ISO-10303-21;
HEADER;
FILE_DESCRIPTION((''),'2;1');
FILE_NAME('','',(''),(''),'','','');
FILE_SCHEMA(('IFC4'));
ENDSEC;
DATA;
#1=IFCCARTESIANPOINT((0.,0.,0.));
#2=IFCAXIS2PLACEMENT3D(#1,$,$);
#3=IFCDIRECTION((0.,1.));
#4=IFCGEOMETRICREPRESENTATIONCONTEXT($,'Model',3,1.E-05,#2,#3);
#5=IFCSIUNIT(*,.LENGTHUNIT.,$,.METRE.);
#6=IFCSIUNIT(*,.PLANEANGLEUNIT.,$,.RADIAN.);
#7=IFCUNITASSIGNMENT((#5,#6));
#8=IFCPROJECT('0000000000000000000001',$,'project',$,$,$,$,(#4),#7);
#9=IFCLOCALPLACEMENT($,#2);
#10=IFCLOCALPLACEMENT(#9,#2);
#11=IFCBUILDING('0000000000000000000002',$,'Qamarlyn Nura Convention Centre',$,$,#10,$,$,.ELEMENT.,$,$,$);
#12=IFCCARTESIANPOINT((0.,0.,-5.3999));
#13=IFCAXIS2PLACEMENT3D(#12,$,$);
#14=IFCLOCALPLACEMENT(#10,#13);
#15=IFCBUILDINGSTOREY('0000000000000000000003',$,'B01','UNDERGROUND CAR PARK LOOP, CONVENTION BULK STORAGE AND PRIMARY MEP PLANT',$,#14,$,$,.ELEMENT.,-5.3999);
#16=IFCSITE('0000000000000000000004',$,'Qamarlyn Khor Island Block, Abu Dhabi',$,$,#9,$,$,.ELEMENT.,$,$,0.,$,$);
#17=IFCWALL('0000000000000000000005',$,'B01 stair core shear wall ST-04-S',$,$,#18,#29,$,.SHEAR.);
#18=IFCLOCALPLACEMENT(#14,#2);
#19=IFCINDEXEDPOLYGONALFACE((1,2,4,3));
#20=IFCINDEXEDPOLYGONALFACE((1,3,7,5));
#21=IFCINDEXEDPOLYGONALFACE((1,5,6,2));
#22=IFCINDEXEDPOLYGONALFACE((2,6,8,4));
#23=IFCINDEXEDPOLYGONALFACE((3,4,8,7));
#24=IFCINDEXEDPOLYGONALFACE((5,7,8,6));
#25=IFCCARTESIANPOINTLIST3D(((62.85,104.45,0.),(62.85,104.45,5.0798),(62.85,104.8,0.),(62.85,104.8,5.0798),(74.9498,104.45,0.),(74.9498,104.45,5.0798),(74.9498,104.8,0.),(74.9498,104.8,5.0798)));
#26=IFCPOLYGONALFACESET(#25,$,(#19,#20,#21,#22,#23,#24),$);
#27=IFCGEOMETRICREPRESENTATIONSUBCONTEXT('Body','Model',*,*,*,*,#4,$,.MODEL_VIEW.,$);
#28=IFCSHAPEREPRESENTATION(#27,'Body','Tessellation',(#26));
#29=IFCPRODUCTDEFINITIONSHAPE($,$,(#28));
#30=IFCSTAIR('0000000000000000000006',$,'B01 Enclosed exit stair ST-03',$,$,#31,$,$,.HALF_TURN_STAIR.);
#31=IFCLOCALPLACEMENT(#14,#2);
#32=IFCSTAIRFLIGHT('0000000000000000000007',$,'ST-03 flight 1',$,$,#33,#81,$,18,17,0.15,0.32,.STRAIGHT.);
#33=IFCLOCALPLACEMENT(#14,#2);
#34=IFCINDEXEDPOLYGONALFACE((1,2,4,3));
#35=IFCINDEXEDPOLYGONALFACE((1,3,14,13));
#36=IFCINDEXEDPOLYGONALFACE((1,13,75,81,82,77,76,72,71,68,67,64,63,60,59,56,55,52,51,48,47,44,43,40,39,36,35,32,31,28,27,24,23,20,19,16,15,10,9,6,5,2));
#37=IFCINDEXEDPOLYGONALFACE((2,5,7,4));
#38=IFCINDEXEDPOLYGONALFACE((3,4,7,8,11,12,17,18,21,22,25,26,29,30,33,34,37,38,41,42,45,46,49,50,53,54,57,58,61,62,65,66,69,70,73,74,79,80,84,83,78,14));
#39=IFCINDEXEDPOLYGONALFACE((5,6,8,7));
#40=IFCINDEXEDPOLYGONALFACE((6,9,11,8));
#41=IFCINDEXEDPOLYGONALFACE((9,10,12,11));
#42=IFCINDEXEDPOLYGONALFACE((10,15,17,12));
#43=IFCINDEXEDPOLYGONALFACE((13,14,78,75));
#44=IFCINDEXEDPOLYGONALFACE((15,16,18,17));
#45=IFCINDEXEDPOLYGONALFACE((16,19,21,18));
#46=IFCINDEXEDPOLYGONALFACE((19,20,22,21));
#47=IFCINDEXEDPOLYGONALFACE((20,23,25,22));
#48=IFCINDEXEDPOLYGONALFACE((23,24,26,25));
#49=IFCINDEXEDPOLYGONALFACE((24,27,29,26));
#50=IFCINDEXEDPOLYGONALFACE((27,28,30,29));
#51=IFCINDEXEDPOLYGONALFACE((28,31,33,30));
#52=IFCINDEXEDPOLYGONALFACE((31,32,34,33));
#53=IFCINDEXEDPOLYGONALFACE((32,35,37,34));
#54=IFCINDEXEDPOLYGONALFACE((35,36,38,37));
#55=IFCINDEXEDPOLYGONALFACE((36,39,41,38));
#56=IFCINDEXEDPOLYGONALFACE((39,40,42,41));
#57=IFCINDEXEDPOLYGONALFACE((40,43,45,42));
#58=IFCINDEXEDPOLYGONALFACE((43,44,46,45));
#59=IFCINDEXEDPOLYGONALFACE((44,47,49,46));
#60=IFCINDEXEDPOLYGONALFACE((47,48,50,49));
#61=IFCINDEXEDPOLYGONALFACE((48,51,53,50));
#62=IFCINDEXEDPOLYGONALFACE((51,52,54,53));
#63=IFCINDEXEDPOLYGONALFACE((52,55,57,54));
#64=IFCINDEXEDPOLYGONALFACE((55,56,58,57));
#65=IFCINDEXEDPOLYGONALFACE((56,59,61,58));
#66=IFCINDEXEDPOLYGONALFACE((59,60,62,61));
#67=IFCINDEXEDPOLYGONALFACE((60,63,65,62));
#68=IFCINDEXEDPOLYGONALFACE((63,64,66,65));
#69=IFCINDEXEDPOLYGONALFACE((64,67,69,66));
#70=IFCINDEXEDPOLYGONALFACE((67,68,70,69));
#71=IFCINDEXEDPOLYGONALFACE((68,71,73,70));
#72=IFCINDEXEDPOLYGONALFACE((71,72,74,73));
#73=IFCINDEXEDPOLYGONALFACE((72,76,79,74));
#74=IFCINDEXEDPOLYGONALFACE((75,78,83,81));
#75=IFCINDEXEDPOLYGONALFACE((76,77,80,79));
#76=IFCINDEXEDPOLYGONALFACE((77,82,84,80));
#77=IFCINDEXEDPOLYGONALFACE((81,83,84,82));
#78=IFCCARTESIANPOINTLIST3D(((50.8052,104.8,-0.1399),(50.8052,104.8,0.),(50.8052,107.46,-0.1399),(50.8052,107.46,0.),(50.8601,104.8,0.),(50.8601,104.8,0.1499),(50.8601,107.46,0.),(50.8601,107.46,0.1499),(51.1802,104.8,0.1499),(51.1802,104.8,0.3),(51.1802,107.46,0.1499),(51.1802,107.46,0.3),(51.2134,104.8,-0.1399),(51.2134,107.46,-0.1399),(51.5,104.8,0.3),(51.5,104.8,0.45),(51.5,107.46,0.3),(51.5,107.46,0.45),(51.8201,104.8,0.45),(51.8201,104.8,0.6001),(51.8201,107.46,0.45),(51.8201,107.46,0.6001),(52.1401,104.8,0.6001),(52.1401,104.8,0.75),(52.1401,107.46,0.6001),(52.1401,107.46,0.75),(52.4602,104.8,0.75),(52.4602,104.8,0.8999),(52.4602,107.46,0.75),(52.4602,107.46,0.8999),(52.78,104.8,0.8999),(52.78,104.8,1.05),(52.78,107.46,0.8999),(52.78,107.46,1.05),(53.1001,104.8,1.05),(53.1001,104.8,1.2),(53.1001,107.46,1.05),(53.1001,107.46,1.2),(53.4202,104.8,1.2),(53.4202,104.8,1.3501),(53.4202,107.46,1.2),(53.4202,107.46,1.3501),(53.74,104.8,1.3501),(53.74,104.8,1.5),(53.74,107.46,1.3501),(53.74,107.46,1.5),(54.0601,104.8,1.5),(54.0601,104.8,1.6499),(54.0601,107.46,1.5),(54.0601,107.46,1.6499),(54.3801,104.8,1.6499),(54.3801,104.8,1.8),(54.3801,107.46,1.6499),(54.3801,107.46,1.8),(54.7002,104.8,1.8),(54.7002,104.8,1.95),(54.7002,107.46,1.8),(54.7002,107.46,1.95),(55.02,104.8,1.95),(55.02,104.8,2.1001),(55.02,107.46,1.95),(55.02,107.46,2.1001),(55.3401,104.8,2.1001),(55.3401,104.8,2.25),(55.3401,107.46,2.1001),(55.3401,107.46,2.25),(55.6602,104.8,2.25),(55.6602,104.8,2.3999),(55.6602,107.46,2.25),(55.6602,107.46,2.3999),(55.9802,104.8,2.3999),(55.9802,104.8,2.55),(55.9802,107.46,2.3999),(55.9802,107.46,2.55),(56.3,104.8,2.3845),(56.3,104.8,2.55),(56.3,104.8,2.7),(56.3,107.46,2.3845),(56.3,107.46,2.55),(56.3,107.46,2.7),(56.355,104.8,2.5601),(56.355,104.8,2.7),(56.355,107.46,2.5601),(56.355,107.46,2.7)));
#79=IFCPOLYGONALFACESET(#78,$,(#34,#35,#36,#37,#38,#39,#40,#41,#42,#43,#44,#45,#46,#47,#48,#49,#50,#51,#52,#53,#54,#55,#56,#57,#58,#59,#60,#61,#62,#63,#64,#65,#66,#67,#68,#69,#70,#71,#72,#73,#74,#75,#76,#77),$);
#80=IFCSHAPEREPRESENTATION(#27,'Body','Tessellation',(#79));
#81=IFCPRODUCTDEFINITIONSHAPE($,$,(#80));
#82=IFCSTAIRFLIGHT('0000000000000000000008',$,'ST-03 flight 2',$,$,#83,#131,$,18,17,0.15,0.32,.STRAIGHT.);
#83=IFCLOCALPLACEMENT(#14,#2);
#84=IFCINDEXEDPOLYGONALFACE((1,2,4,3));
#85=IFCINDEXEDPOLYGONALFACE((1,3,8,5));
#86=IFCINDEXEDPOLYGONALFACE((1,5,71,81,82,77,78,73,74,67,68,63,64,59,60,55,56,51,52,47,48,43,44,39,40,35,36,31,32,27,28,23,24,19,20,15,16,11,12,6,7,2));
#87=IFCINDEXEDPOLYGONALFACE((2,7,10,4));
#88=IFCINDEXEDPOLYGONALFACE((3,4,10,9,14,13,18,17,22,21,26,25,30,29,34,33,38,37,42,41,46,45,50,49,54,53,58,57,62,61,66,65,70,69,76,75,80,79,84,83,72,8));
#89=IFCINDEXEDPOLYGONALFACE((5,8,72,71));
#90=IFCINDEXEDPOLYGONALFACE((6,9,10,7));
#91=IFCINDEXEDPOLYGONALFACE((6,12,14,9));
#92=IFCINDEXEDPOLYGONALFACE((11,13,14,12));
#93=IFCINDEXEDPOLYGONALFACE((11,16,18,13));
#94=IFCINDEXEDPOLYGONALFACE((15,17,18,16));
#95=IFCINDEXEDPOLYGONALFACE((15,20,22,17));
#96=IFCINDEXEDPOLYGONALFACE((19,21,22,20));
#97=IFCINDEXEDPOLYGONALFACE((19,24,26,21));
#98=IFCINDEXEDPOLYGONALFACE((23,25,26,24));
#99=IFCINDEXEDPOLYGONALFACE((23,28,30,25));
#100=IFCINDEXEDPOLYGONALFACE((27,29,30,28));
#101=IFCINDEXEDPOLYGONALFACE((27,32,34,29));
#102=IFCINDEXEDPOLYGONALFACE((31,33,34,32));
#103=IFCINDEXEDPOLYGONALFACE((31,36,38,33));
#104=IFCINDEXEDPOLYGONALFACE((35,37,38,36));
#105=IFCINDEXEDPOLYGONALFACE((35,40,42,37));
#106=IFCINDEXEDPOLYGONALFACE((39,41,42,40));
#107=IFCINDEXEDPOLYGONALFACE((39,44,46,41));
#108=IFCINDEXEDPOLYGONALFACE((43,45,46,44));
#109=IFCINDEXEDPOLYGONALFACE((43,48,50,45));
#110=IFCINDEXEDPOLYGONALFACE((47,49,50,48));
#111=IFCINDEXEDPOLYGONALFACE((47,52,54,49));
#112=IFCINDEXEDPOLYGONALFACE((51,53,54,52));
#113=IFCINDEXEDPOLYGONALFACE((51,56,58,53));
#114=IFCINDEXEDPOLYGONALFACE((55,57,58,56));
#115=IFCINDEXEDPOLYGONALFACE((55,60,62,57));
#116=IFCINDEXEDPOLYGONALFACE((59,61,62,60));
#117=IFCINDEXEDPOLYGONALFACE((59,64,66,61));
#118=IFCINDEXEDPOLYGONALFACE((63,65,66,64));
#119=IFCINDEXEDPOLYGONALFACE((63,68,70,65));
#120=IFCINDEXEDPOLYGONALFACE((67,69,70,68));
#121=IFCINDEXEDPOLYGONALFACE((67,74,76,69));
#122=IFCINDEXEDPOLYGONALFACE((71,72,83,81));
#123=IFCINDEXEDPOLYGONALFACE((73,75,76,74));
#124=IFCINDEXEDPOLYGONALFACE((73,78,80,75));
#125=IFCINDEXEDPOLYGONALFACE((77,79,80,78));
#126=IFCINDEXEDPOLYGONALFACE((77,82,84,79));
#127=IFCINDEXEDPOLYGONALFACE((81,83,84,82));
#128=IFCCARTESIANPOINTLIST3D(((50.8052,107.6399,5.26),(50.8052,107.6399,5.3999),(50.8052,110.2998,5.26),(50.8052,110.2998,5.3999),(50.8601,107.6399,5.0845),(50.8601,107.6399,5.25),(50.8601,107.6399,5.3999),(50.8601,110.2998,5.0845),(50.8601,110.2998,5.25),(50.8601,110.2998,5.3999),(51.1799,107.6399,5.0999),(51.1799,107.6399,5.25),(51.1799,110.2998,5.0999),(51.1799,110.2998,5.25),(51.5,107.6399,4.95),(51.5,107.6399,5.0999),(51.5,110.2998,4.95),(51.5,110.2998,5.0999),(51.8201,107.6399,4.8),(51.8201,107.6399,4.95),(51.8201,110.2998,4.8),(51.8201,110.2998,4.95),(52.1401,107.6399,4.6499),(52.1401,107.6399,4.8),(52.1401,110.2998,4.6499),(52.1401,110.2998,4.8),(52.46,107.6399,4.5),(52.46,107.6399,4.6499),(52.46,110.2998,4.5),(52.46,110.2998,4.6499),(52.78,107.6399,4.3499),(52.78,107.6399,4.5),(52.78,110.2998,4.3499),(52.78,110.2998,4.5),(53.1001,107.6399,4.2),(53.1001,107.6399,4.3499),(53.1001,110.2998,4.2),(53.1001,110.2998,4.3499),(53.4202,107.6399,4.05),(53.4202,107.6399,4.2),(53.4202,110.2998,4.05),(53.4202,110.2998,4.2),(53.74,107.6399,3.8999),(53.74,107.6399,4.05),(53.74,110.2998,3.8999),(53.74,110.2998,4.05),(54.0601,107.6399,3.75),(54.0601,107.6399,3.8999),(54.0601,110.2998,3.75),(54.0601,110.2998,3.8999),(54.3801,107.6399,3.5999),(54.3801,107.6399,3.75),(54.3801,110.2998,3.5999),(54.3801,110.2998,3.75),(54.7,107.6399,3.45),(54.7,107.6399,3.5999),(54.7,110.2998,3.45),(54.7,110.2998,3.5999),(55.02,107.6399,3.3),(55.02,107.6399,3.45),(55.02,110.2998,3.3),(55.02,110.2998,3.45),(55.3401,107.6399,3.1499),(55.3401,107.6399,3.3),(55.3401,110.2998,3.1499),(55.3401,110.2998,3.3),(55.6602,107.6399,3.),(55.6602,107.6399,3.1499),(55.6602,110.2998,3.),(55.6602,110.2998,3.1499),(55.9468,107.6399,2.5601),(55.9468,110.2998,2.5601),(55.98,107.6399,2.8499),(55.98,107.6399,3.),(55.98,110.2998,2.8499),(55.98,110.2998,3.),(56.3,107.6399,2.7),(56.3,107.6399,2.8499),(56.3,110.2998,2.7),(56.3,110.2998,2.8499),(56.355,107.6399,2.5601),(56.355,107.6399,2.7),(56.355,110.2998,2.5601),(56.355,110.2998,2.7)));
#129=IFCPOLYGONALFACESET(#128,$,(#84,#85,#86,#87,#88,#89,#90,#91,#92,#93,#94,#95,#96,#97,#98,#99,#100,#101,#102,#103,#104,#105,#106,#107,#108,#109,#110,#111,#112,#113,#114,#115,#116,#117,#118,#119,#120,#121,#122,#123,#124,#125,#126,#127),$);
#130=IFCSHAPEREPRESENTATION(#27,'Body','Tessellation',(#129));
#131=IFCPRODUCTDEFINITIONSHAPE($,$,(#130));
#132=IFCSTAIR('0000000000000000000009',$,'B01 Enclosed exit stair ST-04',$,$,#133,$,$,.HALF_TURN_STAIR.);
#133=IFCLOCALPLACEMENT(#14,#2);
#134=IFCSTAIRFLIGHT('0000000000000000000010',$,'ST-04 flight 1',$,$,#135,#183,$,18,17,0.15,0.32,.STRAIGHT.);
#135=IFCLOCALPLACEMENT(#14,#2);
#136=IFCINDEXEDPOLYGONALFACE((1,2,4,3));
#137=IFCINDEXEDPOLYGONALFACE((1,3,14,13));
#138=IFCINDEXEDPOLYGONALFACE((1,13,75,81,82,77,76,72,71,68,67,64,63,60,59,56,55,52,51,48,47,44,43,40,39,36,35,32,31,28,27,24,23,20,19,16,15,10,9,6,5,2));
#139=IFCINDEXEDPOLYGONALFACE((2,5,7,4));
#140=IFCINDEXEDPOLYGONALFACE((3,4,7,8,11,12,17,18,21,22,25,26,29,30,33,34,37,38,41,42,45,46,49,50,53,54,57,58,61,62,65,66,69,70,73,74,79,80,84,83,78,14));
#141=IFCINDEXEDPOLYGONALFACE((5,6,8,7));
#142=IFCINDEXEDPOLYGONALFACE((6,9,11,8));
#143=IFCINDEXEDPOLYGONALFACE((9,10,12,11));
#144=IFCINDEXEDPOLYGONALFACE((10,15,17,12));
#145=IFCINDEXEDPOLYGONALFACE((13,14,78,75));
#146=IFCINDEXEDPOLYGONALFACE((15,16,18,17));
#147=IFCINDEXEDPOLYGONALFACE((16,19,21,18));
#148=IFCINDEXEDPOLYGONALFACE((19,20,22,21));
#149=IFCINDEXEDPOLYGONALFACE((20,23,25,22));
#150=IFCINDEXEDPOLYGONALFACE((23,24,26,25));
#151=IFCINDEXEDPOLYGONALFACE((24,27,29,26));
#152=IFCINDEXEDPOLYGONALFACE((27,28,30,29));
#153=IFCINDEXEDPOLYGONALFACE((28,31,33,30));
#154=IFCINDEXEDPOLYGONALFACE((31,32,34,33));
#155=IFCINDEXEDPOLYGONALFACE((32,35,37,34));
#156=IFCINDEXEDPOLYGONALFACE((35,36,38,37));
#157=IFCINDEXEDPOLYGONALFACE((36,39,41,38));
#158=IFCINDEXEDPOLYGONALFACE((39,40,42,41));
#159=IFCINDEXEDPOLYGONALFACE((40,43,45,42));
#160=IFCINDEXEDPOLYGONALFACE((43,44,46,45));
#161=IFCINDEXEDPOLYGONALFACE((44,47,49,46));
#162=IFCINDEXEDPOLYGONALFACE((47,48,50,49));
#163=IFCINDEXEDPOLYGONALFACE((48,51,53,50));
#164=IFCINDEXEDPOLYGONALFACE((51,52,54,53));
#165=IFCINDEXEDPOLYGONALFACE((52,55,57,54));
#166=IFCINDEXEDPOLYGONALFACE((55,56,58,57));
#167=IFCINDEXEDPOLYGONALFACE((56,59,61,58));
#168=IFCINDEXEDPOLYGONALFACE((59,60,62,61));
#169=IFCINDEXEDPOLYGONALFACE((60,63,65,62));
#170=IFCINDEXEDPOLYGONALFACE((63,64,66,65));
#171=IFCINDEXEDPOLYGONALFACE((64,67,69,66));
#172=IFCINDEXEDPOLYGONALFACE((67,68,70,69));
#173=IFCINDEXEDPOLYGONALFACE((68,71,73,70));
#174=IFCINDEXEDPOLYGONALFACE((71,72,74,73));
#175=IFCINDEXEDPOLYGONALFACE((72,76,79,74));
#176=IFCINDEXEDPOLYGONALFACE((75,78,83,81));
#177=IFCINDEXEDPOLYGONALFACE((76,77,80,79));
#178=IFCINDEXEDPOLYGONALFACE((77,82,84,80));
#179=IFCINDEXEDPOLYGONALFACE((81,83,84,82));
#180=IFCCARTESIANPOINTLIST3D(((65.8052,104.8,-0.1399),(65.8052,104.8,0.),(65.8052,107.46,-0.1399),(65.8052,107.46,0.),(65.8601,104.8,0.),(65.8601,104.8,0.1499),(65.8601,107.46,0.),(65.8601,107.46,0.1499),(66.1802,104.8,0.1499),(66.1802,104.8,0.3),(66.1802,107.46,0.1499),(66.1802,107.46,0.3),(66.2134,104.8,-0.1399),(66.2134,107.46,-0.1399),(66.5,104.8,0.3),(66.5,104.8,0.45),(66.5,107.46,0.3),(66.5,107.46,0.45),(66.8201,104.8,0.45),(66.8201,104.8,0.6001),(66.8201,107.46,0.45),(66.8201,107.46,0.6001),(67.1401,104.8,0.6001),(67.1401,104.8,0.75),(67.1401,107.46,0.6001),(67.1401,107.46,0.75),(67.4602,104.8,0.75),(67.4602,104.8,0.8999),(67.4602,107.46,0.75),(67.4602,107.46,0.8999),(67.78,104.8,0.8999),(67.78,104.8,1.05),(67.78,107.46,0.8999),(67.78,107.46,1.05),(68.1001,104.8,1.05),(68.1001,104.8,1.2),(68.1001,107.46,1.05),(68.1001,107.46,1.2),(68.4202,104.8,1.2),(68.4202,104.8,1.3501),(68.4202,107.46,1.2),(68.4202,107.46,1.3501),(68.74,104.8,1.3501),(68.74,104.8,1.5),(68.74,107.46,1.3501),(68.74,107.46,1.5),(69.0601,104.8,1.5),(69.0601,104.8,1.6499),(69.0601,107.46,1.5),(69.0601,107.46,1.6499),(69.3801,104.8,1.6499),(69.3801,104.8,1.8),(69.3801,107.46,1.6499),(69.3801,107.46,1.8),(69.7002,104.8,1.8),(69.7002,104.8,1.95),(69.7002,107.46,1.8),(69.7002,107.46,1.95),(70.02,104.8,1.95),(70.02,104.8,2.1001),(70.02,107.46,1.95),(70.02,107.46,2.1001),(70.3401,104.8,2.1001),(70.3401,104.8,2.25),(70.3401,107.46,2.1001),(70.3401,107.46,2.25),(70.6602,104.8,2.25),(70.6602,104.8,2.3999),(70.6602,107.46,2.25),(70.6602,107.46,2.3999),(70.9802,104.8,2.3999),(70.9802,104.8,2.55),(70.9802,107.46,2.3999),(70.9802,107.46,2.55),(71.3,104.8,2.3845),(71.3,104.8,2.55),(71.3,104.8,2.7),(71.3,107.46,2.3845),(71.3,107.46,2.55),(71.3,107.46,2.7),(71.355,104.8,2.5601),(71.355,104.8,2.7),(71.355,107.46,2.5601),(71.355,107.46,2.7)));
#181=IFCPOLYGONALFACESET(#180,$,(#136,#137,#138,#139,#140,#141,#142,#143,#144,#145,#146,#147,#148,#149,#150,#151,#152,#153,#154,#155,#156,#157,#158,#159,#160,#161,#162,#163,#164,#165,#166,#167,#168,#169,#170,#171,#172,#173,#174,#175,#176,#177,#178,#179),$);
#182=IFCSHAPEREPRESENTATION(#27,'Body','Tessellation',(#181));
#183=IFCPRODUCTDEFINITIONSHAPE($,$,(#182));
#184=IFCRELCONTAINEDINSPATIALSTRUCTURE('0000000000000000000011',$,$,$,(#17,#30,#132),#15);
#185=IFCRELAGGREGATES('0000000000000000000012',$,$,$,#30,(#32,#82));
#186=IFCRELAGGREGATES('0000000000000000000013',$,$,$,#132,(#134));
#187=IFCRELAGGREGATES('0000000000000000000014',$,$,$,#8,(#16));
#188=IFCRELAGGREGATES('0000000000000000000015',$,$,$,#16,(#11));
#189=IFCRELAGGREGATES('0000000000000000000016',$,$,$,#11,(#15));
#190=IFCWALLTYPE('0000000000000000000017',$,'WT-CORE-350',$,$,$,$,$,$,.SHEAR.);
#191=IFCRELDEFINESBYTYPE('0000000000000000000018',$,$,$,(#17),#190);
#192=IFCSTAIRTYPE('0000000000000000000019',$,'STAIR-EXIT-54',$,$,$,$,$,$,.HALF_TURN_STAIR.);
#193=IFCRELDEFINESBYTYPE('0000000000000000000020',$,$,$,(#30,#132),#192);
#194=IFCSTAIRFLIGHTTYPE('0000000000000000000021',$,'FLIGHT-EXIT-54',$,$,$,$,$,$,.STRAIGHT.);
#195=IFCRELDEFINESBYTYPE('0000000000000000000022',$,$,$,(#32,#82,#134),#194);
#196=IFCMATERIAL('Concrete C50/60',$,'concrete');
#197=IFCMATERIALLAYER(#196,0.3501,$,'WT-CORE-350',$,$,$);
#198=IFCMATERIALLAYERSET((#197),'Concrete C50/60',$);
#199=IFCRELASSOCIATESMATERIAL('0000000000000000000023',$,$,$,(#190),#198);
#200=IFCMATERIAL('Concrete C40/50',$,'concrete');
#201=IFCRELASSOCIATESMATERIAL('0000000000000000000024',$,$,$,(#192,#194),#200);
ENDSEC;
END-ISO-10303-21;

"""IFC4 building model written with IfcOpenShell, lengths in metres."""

from ifc_helpers import new_model, si_unit, direction, frame, frame_2d, origin, place, context, subcontext, project, spatial, polyline, rectangle, outline, extrude, material, layer, layer_set, type_object, element, aggregate, save


model = new_model("IFC4")

# Units and contexts
model_context = context("Model", 3, precision=1e-05, world=origin(), true_north=direction((0.0, 1.0)))
body_context = subcontext(model_context, "Body", "Model", "MODEL_VIEW")
ifc_project = project(units=[si_unit("LENGTHUNIT", "METRE"), si_unit("PLANEANGLEUNIT", "RADIAN")], contexts=[model_context])

# Site, building, storey
site_placement = place(None, origin())
site = spatial("IfcSite", under=ifc_project, at=site_placement, Name="Qamarlyn Khor Island Block, Abu Dhabi", CompositionType="ELEMENT", RefElevation=0.0)
building_placement = place(site_placement, origin())
building = spatial("IfcBuilding", under=site, at=building_placement, Name="Qamarlyn Nura Convention Centre", CompositionType="ELEMENT")
storey_placement = place(building_placement, frame((0.0, 0.0, -5.3999)))
storey = spatial("IfcBuildingStorey", under=building, at=storey_placement, Name="B01", Description="UNDERGROUND CAR PARK LOOP, CONVENTION BULK STORAGE AND PRIMARY MEP PLANT", CompositionType="ELEMENT", Elevation=-5.3999)

# Shared definitions
ifc_material_1 = material(Name="Concrete C40/50", Category="concrete")

# Shared definitions
ifc_material_2 = material(Name="Concrete C50/60", Category="concrete")

# Wall
ifc_layer = layer(ifc_material_2, 0.3501, Name="WT-CORE-350")
ifc_layer_set = layer_set([ifc_layer], Name="Concrete C50/60")
wall_type = type_object("IfcWallType", Name="WT-CORE-350", PredefinedType="SHEAR", material=ifc_layer_set)
wall_1_placement = place(storey_placement, frame((62.8501, 104.625, 0.0), z_axis=(0.0, 0.0, 1.0), x_axis=(1.0, 0.0, 0.0)))
element("IfcWall", 1, at=wall_1_placement, inside=storey, type_object=wall_type, Name="B01 stair core shear wall ST-04-S", PredefinedType="SHEAR", context=body_context, shape_type="SweptSolid", body=[
    extrude(rectangle(XDim=12.0999, YDim=0.3501, at=frame_2d((6.0498, 0.0))), origin(), (0.0, 0.0, 1.0), 5.0798),
])

# Stair, stair flights
stair_type = type_object("IfcStairType", Name="STAIR-EXIT-54", PredefinedType="HALF_TURN_STAIR", material=ifc_material_1)
stair_1_placement = place(storey_placement, origin())
stair_1 = element("IfcStair", 2, at=stair_1_placement, inside=storey, type_object=stair_type, Name="B01 Enclosed exit stair ST-03", PredefinedType="HALF_TURN_STAIR")
stair_flight_type = type_object("IfcStairFlightType", Name="FLIGHT-EXIT-54", PredefinedType="STRAIGHT", material=ifc_material_1)
stair_flight_1_placement = place(storey_placement, frame((50.8601, 106.1299, 0.0), z_axis=(0.0, 0.0, 1.0), x_axis=(1.0, 0.0, 0.0)))
stair_flight_1 = element("IfcStairFlight", 3, at=stair_flight_1_placement, type_object=stair_flight_type, Name="ST-03 flight 1", NumberOfRisers=18, NumberOfTreads=17, PredefinedType="STRAIGHT", RiserHeight=0.15, TreadLength=0.32, context=body_context, shape_type="SweptSolid", body=[
    extrude(outline(polyline([(-0.0549, 0.0), (0.0, 0.0), (0.0, 0.1499), (0.3201, 0.1499), (0.3201, 0.3), (0.6399, 0.3), (0.6399, 0.45), (0.96, 0.45), (0.96, 0.6001), (1.28, 0.6001), (1.28, 0.75), (1.6001, 0.75), (1.6001, 0.8999), (1.9199, 0.8999), (1.9199, 1.05), (2.24, 1.05), (2.24, 1.2), (2.5601, 1.2), (2.5601, 1.3501), (2.8799, 1.3501), (2.8799, 1.5), (3.2, 1.5), (3.2, 1.6499), (3.52, 1.6499), (3.52, 1.8), (3.8401, 1.8), (3.8401, 1.95), (4.1599, 1.95), (4.1599, 2.1001), (4.48, 2.1001), (4.48, 2.25), (4.8, 2.25), (4.8, 2.3999), (5.1201, 2.3999), (5.1201, 2.55), (5.4399, 2.55), (5.4399, 2.7), (5.4949, 2.7), (5.4949, 2.5601), (5.4399, 2.3845), (0.3533, -0.1399), (-0.0549, -0.1399), (-0.0549, 0.0)])), frame((0.0, 1.3301, 0.0), z_axis=(0.0, -1.0, 0.0), x_axis=(1.0, 0.0, 0.0)), (0.0, 0.0, 1.0), 2.6599),
])
stair_flight_2_placement = place(storey_placement, frame((56.3, 108.97, 2.7), z_axis=(0.0, 0.0, 1.0), x_axis=(-1.0, 0.0, 0.0)))
stair_flight_2 = element("IfcStairFlight", 4, at=stair_flight_2_placement, type_object=stair_flight_type, Name="ST-03 flight 2", NumberOfRisers=18, NumberOfTreads=17, PredefinedType="STRAIGHT", RiserHeight=0.15, TreadLength=0.32, context=body_context, shape_type="SweptSolid", body=[
    extrude(outline(polyline([(-0.0549, 0.0), (0.0, 0.0), (0.0, 0.1499), (0.3201, 0.1499), (0.3201, 0.3), (0.6399, 0.3), (0.6399, 0.45), (0.96, 0.45), (0.96, 0.6001), (1.28, 0.6001), (1.28, 0.75), (1.6001, 0.75), (1.6001, 0.8999), (1.9199, 0.8999), (1.9199, 1.05), (2.24, 1.05), (2.24, 1.2), (2.5601, 1.2), (2.5601, 1.3501), (2.8799, 1.3501), (2.8799, 1.5), (3.2, 1.5), (3.2, 1.6499), (3.52, 1.6499), (3.52, 1.8), (3.8401, 1.8), (3.8401, 1.95), (4.1599, 1.95), (4.1599, 2.1001), (4.48, 2.1001), (4.48, 2.25), (4.8, 2.25), (4.8, 2.3999), (5.1201, 2.3999), (5.1201, 2.55), (5.4399, 2.55), (5.4399, 2.7), (5.4949, 2.7), (5.4949, 2.5601), (5.4399, 2.3845), (0.3533, -0.1399), (-0.0549, -0.1399), (-0.0549, 0.0)])), frame((0.0, 1.3301, 0.0), z_axis=(0.0, -1.0, 0.0), x_axis=(1.0, 0.0, 0.0)), (0.0, 0.0, 1.0), 2.6599),
])
aggregate(stair_1, [stair_flight_1, stair_flight_2])

# Stair, stair flight
stair_2_placement = place(storey_placement, origin())
stair_2 = element("IfcStair", 5, at=stair_2_placement, inside=storey, type_object=stair_type, Name="B01 Enclosed exit stair ST-04", PredefinedType="HALF_TURN_STAIR")
stair_flight_3_placement = place(storey_placement, frame((65.8601, 106.1299, 0.0), z_axis=(0.0, 0.0, 1.0), x_axis=(1.0, 0.0, 0.0)))
stair_flight_3 = element("IfcStairFlight", 6, at=stair_flight_3_placement, type_object=stair_flight_type, Name="ST-04 flight 1", NumberOfRisers=18, NumberOfTreads=17, PredefinedType="STRAIGHT", RiserHeight=0.15, TreadLength=0.32, context=body_context, shape_type="SweptSolid", body=[
    extrude(outline(polyline([(-0.0549, 0.0), (0.0, 0.0), (0.0, 0.1499), (0.3201, 0.1499), (0.3201, 0.3), (0.6399, 0.3), (0.6399, 0.45), (0.96, 0.45), (0.96, 0.6001), (1.28, 0.6001), (1.28, 0.75), (1.6001, 0.75), (1.6001, 0.8999), (1.9199, 0.8999), (1.9199, 1.05), (2.24, 1.05), (2.24, 1.2), (2.5601, 1.2), (2.5601, 1.3501), (2.8799, 1.3501), (2.8799, 1.5), (3.2, 1.5), (3.2, 1.6499), (3.52, 1.6499), (3.52, 1.8), (3.8401, 1.8), (3.8401, 1.95), (4.1599, 1.95), (4.1599, 2.1001), (4.48, 2.1001), (4.48, 2.25), (4.8, 2.25), (4.8, 2.3999), (5.1201, 2.3999), (5.1201, 2.55), (5.4399, 2.55), (5.4399, 2.7), (5.4949, 2.7), (5.4949, 2.5601), (5.4399, 2.3845), (0.3533, -0.1399), (-0.0549, -0.1399), (-0.0549, 0.0)])), frame((0.0, 1.3301, 0.0), z_axis=(0.0, -1.0, 0.0), x_axis=(1.0, 0.0, 0.0)), (0.0, 0.0, 1.0), 2.6599),
])
aggregate(stair_2, [stair_flight_3])

save(model, "model.ifc")
